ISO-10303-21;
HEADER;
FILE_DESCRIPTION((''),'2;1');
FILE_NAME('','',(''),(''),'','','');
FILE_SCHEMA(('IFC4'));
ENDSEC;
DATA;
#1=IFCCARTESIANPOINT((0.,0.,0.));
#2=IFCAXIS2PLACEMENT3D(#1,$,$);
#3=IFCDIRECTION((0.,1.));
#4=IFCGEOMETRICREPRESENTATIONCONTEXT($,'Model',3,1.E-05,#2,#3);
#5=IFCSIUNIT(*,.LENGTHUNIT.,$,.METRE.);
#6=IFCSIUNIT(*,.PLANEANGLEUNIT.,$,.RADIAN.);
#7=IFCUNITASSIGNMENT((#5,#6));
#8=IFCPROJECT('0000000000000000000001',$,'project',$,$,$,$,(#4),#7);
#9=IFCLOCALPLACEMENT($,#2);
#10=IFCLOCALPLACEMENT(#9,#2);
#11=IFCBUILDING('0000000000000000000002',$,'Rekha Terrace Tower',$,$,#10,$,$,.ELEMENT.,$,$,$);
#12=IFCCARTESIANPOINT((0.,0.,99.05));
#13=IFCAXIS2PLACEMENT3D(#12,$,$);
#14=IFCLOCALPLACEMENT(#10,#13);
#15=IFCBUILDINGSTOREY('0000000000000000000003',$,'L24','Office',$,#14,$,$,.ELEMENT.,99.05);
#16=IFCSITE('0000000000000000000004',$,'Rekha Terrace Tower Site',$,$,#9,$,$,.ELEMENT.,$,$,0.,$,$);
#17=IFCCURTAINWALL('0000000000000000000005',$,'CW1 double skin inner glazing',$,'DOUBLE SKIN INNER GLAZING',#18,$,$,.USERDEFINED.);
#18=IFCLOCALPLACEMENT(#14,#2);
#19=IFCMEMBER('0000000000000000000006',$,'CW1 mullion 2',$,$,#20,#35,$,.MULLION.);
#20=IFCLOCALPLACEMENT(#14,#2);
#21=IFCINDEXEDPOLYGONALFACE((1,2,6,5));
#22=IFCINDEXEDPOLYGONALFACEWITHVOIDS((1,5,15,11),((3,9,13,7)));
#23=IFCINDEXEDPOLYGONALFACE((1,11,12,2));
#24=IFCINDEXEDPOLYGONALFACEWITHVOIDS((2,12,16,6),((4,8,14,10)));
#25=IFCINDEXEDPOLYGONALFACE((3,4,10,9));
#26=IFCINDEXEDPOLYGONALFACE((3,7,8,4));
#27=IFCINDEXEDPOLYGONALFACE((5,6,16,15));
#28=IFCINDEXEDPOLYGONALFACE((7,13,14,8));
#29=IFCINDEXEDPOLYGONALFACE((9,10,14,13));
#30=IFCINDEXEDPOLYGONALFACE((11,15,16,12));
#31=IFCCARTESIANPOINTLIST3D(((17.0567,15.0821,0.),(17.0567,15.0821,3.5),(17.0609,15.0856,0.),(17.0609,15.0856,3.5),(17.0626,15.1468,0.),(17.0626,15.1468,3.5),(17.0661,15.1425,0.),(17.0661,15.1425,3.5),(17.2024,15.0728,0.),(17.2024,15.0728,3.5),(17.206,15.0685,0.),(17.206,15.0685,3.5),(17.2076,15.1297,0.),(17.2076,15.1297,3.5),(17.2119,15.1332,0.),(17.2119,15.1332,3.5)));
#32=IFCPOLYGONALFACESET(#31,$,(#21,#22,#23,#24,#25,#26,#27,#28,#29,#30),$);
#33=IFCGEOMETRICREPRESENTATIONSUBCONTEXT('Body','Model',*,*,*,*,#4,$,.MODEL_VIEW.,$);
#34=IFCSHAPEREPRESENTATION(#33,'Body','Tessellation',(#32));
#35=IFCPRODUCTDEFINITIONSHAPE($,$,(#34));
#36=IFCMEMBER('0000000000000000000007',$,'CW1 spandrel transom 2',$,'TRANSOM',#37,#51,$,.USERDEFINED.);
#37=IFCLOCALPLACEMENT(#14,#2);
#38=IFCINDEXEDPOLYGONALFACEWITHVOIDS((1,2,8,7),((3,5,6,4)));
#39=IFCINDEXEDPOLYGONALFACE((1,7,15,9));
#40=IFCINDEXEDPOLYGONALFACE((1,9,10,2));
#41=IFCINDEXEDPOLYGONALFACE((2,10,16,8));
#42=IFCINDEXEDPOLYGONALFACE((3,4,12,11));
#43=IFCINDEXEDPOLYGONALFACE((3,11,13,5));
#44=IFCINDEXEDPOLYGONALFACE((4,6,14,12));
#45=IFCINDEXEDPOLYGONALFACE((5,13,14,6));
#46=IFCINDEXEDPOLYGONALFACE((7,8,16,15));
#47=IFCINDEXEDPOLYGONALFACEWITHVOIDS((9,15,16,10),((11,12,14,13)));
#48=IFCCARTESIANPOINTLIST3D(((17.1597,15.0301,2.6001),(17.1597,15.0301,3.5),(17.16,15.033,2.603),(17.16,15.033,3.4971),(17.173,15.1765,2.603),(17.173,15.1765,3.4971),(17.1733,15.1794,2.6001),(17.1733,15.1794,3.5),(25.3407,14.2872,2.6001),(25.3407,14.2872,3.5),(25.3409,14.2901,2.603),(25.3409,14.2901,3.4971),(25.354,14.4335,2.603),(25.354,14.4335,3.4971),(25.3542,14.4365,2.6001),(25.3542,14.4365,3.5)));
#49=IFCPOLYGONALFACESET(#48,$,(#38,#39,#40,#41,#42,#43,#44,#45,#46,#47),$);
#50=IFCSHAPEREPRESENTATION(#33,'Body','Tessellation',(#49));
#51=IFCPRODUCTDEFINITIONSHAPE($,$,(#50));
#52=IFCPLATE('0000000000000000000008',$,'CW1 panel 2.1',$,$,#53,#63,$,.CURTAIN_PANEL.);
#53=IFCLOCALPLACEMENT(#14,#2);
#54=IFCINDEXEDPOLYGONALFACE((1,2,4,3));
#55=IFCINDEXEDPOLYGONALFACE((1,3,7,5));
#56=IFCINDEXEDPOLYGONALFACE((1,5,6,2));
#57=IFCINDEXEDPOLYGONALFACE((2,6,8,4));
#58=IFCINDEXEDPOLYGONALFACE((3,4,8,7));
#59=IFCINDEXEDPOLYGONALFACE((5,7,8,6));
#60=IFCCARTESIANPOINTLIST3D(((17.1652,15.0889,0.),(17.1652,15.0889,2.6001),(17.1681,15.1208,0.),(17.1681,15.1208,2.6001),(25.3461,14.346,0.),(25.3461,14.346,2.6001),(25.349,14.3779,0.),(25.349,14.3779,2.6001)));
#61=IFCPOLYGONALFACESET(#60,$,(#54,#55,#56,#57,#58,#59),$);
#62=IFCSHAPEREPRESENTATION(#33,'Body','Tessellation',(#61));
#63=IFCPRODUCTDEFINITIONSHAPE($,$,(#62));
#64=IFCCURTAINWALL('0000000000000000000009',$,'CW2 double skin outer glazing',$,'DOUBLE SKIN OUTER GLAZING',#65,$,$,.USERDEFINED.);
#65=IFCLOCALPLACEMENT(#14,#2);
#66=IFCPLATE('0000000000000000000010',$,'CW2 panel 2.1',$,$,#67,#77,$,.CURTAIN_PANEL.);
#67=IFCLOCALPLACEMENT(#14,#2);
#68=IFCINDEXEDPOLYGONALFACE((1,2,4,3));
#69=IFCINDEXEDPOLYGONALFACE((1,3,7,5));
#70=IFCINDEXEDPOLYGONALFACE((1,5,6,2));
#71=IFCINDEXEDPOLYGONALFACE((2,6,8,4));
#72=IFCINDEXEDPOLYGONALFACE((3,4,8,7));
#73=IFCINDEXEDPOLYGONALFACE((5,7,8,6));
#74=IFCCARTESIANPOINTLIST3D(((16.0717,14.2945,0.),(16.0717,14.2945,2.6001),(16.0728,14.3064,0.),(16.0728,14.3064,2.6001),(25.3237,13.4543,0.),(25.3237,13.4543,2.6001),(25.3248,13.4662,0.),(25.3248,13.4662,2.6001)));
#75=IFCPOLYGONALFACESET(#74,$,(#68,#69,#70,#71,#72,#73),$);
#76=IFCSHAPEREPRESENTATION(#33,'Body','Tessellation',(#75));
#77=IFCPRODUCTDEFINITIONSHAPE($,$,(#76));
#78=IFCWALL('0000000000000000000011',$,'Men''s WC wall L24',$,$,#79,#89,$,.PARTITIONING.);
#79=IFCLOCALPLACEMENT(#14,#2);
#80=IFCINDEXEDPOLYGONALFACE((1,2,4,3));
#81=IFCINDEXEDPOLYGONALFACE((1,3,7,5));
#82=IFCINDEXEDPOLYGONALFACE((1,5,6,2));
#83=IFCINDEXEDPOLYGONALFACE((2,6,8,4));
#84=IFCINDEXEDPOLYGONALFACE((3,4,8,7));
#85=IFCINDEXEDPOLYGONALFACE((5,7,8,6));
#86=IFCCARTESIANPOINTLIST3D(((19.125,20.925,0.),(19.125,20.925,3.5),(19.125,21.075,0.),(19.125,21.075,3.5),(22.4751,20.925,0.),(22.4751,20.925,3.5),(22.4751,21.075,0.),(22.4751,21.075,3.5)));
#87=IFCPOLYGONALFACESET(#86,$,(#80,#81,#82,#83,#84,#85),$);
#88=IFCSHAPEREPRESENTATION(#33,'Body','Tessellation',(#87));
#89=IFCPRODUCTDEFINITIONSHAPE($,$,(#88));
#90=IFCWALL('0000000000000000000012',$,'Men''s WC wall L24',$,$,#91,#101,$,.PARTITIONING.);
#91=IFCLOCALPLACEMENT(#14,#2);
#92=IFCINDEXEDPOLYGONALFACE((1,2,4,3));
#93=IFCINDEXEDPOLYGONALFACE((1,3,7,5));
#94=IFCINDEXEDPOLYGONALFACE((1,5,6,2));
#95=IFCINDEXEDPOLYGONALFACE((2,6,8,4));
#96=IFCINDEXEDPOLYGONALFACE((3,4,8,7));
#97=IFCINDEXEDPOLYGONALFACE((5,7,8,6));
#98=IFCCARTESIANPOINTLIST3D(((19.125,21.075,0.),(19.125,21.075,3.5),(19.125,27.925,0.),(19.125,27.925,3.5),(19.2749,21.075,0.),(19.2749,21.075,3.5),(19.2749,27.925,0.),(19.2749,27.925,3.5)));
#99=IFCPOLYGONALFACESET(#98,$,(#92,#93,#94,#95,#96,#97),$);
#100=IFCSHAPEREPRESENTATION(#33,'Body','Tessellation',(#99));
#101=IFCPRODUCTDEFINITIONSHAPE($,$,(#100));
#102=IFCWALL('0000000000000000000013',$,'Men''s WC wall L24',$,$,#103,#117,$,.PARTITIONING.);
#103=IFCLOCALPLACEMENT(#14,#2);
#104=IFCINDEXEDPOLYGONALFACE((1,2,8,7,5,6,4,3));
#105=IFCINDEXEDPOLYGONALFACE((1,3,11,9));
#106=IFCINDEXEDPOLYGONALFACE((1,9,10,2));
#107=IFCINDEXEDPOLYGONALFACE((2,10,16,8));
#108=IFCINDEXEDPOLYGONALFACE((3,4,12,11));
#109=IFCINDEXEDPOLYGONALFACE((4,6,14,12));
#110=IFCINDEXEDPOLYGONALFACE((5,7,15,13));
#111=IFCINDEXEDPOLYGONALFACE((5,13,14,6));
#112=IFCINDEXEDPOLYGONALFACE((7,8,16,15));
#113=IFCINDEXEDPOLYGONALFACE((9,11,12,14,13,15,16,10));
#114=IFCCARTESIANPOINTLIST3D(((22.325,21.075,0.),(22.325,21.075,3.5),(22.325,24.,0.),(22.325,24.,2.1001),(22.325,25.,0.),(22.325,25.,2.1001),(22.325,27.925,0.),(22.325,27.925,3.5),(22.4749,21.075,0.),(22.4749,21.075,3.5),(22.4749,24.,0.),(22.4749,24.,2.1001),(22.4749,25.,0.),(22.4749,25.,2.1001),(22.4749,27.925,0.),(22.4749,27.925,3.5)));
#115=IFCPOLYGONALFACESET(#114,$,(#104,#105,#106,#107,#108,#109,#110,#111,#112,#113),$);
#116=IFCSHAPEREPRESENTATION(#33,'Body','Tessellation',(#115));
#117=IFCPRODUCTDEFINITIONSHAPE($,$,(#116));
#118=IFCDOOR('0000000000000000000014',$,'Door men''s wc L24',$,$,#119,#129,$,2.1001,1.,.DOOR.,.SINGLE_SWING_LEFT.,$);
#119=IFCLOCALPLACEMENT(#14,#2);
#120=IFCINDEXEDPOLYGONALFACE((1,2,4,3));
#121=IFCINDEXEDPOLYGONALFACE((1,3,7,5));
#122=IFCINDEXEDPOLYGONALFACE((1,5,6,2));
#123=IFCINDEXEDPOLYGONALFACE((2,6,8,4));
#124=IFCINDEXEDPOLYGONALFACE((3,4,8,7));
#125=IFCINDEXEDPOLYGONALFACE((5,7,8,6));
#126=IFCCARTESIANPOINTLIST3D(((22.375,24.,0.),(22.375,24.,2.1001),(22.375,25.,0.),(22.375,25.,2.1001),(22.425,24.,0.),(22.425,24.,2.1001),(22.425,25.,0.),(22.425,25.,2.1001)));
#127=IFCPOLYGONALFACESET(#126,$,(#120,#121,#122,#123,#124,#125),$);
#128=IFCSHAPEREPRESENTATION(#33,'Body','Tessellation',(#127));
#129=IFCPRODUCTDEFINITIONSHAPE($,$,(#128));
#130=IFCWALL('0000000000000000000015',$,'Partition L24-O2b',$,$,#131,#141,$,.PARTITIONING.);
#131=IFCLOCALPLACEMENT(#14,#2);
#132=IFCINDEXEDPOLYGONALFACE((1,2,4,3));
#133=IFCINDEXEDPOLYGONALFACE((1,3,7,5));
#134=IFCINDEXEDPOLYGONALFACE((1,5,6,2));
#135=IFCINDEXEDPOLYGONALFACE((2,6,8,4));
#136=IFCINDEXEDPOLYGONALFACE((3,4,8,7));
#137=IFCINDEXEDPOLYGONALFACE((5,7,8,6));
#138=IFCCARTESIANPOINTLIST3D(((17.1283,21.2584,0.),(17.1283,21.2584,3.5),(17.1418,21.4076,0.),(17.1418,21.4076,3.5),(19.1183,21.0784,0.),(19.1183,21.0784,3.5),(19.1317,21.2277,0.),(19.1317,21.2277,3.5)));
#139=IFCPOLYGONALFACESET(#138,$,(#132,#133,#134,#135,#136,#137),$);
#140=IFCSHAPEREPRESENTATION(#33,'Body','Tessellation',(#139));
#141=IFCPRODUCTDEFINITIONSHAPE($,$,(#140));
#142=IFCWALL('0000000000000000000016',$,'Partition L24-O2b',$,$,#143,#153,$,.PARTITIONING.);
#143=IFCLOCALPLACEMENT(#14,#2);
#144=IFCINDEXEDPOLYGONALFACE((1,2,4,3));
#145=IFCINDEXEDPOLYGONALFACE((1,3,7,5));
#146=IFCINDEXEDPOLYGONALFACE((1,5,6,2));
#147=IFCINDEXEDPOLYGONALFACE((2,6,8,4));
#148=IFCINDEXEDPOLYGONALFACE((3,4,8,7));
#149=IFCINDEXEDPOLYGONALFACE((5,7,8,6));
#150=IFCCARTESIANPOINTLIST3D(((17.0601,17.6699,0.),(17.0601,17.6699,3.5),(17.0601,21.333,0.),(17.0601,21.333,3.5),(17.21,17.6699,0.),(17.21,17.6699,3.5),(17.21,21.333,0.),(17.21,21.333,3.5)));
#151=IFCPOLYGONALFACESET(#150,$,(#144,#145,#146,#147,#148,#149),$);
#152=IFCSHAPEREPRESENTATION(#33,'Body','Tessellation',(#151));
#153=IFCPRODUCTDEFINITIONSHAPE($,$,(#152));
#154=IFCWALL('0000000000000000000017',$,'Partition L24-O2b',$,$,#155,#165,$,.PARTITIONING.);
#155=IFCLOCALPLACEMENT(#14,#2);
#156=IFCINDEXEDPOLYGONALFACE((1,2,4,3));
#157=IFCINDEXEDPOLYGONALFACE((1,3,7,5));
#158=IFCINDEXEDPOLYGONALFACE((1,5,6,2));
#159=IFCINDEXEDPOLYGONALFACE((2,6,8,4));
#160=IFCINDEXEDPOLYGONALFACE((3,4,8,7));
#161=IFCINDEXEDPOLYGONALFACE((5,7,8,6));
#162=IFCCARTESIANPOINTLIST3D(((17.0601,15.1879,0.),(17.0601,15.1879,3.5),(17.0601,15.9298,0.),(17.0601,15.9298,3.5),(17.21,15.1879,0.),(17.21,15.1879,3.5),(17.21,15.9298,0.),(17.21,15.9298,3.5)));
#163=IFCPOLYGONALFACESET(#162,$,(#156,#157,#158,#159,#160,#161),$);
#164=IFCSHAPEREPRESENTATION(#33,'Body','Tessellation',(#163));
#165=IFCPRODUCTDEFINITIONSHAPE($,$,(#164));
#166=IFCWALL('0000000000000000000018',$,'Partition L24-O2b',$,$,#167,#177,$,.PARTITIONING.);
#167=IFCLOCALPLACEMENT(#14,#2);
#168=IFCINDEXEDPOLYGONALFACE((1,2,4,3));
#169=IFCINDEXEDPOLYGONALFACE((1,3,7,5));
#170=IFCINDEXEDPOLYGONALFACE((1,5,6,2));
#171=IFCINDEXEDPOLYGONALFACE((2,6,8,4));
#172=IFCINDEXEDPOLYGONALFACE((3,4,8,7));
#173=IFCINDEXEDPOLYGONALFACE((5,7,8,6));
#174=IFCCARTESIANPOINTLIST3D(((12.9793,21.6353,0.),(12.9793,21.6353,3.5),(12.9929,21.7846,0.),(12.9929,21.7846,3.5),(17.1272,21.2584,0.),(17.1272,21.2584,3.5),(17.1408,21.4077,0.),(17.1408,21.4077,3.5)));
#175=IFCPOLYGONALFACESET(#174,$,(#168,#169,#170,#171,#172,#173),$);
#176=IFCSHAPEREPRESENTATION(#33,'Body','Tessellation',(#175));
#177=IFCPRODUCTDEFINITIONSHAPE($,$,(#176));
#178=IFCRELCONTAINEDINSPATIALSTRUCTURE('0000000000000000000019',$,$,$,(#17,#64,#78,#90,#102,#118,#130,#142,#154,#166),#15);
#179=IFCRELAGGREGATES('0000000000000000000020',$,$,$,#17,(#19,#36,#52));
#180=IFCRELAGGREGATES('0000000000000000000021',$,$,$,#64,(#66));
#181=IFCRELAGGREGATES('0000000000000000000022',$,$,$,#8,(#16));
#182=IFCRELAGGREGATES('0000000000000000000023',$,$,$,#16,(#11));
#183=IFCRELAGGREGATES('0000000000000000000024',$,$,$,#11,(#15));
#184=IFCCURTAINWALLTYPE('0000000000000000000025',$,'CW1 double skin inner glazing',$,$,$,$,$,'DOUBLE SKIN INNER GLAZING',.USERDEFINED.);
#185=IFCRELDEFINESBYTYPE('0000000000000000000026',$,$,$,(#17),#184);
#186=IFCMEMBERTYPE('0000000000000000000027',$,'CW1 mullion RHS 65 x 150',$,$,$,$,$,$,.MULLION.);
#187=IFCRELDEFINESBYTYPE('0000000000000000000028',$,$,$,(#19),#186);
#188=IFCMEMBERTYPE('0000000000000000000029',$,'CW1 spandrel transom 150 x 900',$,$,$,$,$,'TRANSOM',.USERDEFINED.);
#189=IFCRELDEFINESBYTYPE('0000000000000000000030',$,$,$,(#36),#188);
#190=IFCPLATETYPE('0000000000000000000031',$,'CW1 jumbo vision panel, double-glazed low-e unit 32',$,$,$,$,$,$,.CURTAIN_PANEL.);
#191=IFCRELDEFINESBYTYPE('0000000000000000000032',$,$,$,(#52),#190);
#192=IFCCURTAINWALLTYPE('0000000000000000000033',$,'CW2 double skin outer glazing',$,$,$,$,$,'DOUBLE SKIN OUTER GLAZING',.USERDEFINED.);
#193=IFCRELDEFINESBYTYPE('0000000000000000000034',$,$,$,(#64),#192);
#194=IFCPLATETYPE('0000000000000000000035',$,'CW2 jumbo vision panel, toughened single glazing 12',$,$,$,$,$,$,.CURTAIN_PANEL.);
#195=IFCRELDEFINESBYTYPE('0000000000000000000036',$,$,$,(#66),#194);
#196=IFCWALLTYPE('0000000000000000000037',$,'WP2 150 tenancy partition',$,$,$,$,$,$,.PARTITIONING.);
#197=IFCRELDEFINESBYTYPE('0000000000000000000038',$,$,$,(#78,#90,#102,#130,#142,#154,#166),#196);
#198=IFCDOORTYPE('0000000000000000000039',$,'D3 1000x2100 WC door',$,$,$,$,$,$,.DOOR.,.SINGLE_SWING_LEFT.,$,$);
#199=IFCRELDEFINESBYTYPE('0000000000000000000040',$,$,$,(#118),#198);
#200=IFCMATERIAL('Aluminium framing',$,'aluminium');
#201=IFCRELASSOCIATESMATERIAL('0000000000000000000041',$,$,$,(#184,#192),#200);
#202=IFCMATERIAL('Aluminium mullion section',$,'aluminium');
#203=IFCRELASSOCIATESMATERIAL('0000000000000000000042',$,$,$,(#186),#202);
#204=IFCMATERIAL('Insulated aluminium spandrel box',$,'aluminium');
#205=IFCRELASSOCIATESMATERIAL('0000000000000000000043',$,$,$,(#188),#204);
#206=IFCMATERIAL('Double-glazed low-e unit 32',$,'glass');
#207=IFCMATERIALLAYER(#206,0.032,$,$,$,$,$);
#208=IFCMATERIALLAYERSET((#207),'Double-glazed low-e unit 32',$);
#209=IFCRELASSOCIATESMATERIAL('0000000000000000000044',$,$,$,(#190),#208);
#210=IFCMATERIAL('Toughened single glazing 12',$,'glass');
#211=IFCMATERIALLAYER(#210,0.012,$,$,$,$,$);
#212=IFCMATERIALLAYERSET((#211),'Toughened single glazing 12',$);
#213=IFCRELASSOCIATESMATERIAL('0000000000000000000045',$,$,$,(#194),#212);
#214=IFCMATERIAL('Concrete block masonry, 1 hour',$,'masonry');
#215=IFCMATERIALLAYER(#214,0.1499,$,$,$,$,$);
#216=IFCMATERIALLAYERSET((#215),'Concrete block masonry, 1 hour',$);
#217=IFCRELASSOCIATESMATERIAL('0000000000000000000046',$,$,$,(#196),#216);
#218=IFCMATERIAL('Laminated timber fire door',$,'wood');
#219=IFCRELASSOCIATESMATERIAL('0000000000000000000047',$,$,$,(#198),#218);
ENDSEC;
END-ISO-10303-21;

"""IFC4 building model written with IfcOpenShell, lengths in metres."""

from ifc_helpers import new_model, si_unit, direction, frame, frame_2d, origin, origin_2d, place, context, subcontext, project, spatial, rectangle, hollow_rectangle, extrude, material, layer, layer_set, material_profile, profile_set, type_object, element, fill, aggregate, save


model = new_model("IFC4")

# Units and contexts
model_context = context("Model", 3, precision=1e-05, world=origin(), true_north=direction((0.0, 1.0)))
body_context = subcontext(model_context, "Body", "Model", "MODEL_VIEW")
ifc_project = project(units=[si_unit("LENGTHUNIT", "METRE"), si_unit("PLANEANGLEUNIT", "RADIAN")], contexts=[model_context])

# Site, building, storey
site_placement = place(None, origin())
site = spatial("IfcSite", under=ifc_project, at=site_placement, Name="Rekha Terrace Tower Site", CompositionType="ELEMENT", RefElevation=0.0)
building_placement = place(site_placement, origin())
building = spatial("IfcBuilding", under=site, at=building_placement, Name="Rekha Terrace Tower", CompositionType="ELEMENT")
storey_placement = place(building_placement, frame((0.0, 0.0, 99.05)))
storey = spatial("IfcBuildingStorey", under=building, at=storey_placement, Name="L24", Description="Office", CompositionType="ELEMENT", Elevation=99.05)

# Curtain wall, members, plate
ifc_material_1 = material(Name="Aluminium framing", Category="aluminium")
curtain_wall_type_1 = type_object("IfcCurtainWallType", Name="CW1 double skin inner glazing", ElementType="DOUBLE SKIN INNER GLAZING", PredefinedType="USERDEFINED", material=ifc_material_1)
curtain_wall_1_placement = place(storey_placement, origin())
curtain_wall_1 = element("IfcCurtainWall", 1, at=curtain_wall_1_placement, inside=storey, type_object=curtain_wall_type_1, Name="CW1 double skin inner glazing", ObjectType="DOUBLE SKIN INNER GLAZING", PredefinedType="USERDEFINED")
ifc_material_2 = material(Name="Aluminium mullion section", Category="aluminium")
ifc_material_profile_1 = material_profile(ifc_material_2, hollow_rectangle(XDim=0.0649, YDim=0.1499, WallThickness=0.0039, at=origin_2d()), Name="AL RHS 65x150")
ifc_profile_set_1 = profile_set([ifc_material_profile_1], Name="Aluminium mullion section")
member_type_1 = type_object("IfcMemberType", Name="CW1 mullion RHS 65 x 150", PredefinedType="MULLION", material=ifc_profile_set_1)
member_1_placement = place(storey_placement, frame((17.1343, 15.1077, 0.0), z_axis=(0.0, 0.0, 1.0), x_axis=(0.09044, 0.995902, 0.0)))
member_1 = element("IfcMember", 2, at=member_1_placement, type_object=member_type_1, Name="CW1 mullion 2", PredefinedType="MULLION", context=body_context, shape_type="SweptSolid", body=[
    extrude(hollow_rectangle(XDim=0.0649, YDim=0.1499, WallThickness=0.0039, at=origin_2d()), origin(), (0.0, 0.0, 1.0), 3.5),
])
ifc_material_3 = material(Name="Insulated aluminium spandrel box", Category="aluminium")
ifc_material_profile_2 = material_profile(ifc_material_3, hollow_rectangle(XDim=0.1499, YDim=0.8999, WallThickness=0.0029, at=origin_2d()), Name="AL SPANDREL BOX 150x900")
ifc_profile_set_2 = profile_set([ifc_material_profile_2], Name="Insulated aluminium spandrel box")
member_type_2 = type_object("IfcMemberType", Name="CW1 spandrel transom 150 x 900", ElementType="TRANSOM", PredefinedType="USERDEFINED", material=ifc_profile_set_2)
member_2_placement = place(storey_placement, frame((17.1665, 15.1047, 3.05), z_axis=(0.995902, -0.090439, 0.0), x_axis=(0.090439, 0.995902, 0.0)))
member_2 = element("IfcMember", 3, at=member_2_placement, type_object=member_type_2, Name="CW1 spandrel transom 2", ObjectType="TRANSOM", PredefinedType="USERDEFINED", context=body_context, shape_type="SweptSolid", body=[
    extrude(hollow_rectangle(XDim=0.1499, YDim=0.8999, WallThickness=0.0029, at=origin_2d()), origin(), (0.0, 0.0, 1.0), 8.2146),
])
ifc_material_4 = material(Name="Double-glazed low-e unit 32", Category="glass")
ifc_layer_1 = layer(ifc_material_4, 0.032)
ifc_layer_set_1 = layer_set([ifc_layer_1], Name="Double-glazed low-e unit 32")
plate_type_1 = type_object("IfcPlateType", Name="CW1 jumbo vision panel, double-glazed low-e unit 32", PredefinedType="CURTAIN_PANEL", material=ifc_layer_set_1)
plate_1_placement = place(storey_placement, frame((21.2571, 14.7334, 0.0), z_axis=(0.0, 0.0, 1.0), x_axis=(0.995902, -0.09044, 0.0)))
plate_1 = element("IfcPlate", 4, at=plate_1_placement, type_object=plate_type_1, Name="CW1 panel 2.1", PredefinedType="CURTAIN_PANEL", context=body_context, shape_type="SweptSolid", body=[
    extrude(rectangle(XDim=8.2146, YDim=0.032, at=origin_2d()), origin(), (0.0, 0.0, 1.0), 2.6001),
])
aggregate(curtain_wall_1, [member_1, member_2, plate_1])

# Curtain wall, plate
curtain_wall_type_2 = type_object("IfcCurtainWallType", Name="CW2 double skin outer glazing", ElementType="DOUBLE SKIN OUTER GLAZING", PredefinedType="USERDEFINED", material=ifc_material_1)
curtain_wall_2_placement = place(storey_placement, origin())
curtain_wall_2 = element("IfcCurtainWall", 5, at=curtain_wall_2_placement, inside=storey, type_object=curtain_wall_type_2, Name="CW2 double skin outer glazing", ObjectType="DOUBLE SKIN OUTER GLAZING", PredefinedType="USERDEFINED")
ifc_material_5 = material(Name="Toughened single glazing 12", Category="glass")
ifc_layer_2 = layer(ifc_material_5, 0.012)
ifc_layer_set_2 = layer_set([ifc_layer_2], Name="Toughened single glazing 12")
plate_type_2 = type_object("IfcPlateType", Name="CW2 jumbo vision panel, toughened single glazing 12", PredefinedType="CURTAIN_PANEL", material=ifc_layer_set_2)
plate_2_placement = place(storey_placement, frame((20.6982, 13.8804, 0.0), z_axis=(0.0, 0.0, 1.0), x_axis=(0.995902, -0.09044, 0.0)))
plate_2 = element("IfcPlate", 6, at=plate_2_placement, type_object=plate_type_2, Name="CW2 panel 2.1", PredefinedType="CURTAIN_PANEL", context=body_context, shape_type="SweptSolid", body=[
    extrude(rectangle(XDim=9.29, YDim=0.012, at=origin_2d()), origin(), (0.0, 0.0, 1.0), 2.6001),
])
aggregate(curtain_wall_2, [plate_2])

# Walls
ifc_material_6 = material(Name="Concrete block masonry, 1 hour", Category="masonry")
ifc_layer_3 = layer(ifc_material_6, 0.1499)
ifc_layer_set_3 = layer_set([ifc_layer_3], Name="Concrete block masonry, 1 hour")
wall_type_1 = type_object("IfcWallType", Name="WP2 150 tenancy partition", PredefinedType="PARTITIONING", material=ifc_layer_set_3)
wall_1_placement = place(storey_placement, frame((19.125, 21.0, 0.0), z_axis=(0.0, 0.0, 1.0), x_axis=(1.0, 0.0, 0.0)))
element("IfcWall", 7, at=wall_1_placement, inside=storey, type_object=wall_type_1, Name="Men's WC wall L24", PredefinedType="PARTITIONING", context=body_context, shape_type="SweptSolid", body=[
    extrude(rectangle(XDim=3.3501, YDim=0.1499, at=frame_2d((1.675, 0.0))), origin(), (0.0, 0.0, 1.0), 3.5),
])
wall_2_placement = place(storey_placement, frame((19.2, 21.075, 0.0), z_axis=(0.0, 0.0, 1.0), x_axis=(0.0, 1.0, 0.0)))
element("IfcWall", 8, at=wall_2_placement, inside=storey, type_object=wall_type_1, Name="Men's WC wall L24", PredefinedType="PARTITIONING", context=body_context, shape_type="SweptSolid", body=[
    extrude(rectangle(XDim=6.8501, YDim=0.1499, at=frame_2d((3.425, 0.0))), origin(), (0.0, 0.0, 1.0), 3.5),
])

# Wall, opening, door
wall_3_placement = place(storey_placement, frame((22.3999, 21.075, 0.0), z_axis=(0.0, 0.0, 1.0), x_axis=(0.0, 1.0, 0.0)))
wall_3 = element("IfcWall", 9, at=wall_3_placement, inside=storey, type_object=wall_type_1, Name="Men's WC wall L24", PredefinedType="PARTITIONING", context=body_context, shape_type="SweptSolid", body=[
    extrude(rectangle(XDim=6.8501, YDim=0.1499, at=frame_2d((3.425, 0.0))), origin(), (0.0, 0.0, 1.0), 3.5),
])
opening_1_placement = place(wall_3_placement, frame((2.925, 0.0, 0.0)))
opening_1 = element("IfcOpeningElement", 10, at=opening_1_placement, cuts=wall_3, PredefinedType="OPENING", context=body_context, shape_type="SweptSolid", body=[
    extrude(rectangle(XDim=1.0, YDim=2.1001, at=frame_2d((0.5, 1.05))), frame((0.0, 0.085, 0.0), z_axis=(0.0, -1.0, 0.0), x_axis=(1.0, 0.0, 0.0)), (0.0, 0.0, 1.0), 0.1699),
])
ifc_material_7 = material(Name="Laminated timber fire door", Category="wood")
door_type_1 = type_object("IfcDoorType", Name="D3 1000x2100 WC door", OperationType="SINGLE_SWING_LEFT", PredefinedType="DOOR", material=ifc_material_7)
door_1_placement = place(opening_1_placement, origin())
door_1 = element("IfcDoor", 11, at=door_1_placement, inside=storey, type_object=door_type_1, Name="Door men's wc L24", OperationType="SINGLE_SWING_LEFT", OverallHeight=2.1001, OverallWidth=1.0, PredefinedType="DOOR", context=body_context, shape_type="SweptSolid", body=[
    extrude(rectangle(XDim=1.0, YDim=2.1001, at=frame_2d((0.5, 1.05))), frame((0.0, 0.0249, 0.0), z_axis=(0.0, -1.0, 0.0), x_axis=(1.0, 0.0, 0.0)), (0.0, 0.0, 1.0), 0.05),
])
fill(opening_1, door_1)

# Walls
wall_4_placement = place(storey_placement, frame((19.125, 21.1531, 0.0), z_axis=(0.0, 0.0, 1.0), x_axis=(-0.995937, 0.090051, 0.0)))
element("IfcWall", 12, at=wall_4_placement, inside=storey, type_object=wall_type_1, Name="Partition L24-O2b", PredefinedType="PARTITIONING", context=body_context, shape_type="SweptSolid", body=[
    extrude(rectangle(XDim=1.998, YDim=0.1499, at=frame_2d((0.999, 0.0))), origin(), (0.0, 0.0, 1.0), 3.5),
])
wall_5_placement = place(storey_placement, frame((17.135, 21.333, 0.0), z_axis=(0.0, 0.0, 1.0), x_axis=(0.0, -1.0, 0.0)))
element("IfcWall", 13, at=wall_5_placement, inside=storey, type_object=wall_type_1, Name="Partition L24-O2b", PredefinedType="PARTITIONING", context=body_context, shape_type="SweptSolid", body=[
    extrude(rectangle(XDim=3.6631, YDim=0.1499, at=frame_2d((1.8315, 0.0))), origin(), (0.0, 0.0, 1.0), 3.5),
])
wall_6_placement = place(storey_placement, frame((17.135, 15.9299, 0.0), z_axis=(0.0, 0.0, 1.0), x_axis=(0.0, -1.0, 0.0)))
element("IfcWall", 14, at=wall_6_placement, inside=storey, type_object=wall_type_1, Name="Partition L24-O2b", PredefinedType="PARTITIONING", context=body_context, shape_type="SweptSolid", body=[
    extrude(rectangle(XDim=0.7419, YDim=0.1499, at=frame_2d((0.3711, 0.0))), origin(), (0.0, 0.0, 1.0), 3.5),
])
wall_7_placement = place(storey_placement, frame((17.134, 21.333, 0.0), z_axis=(0.0, 0.0, 1.0), x_axis=(-0.995896, 0.090504, 0.0)))
element("IfcWall", 15, at=wall_7_placement, inside=storey, type_object=wall_type_1, Name="Partition L24-O2b", PredefinedType="PARTITIONING", context=body_context, shape_type="SweptSolid", body=[
    extrude(rectangle(XDim=4.165, YDim=0.1499, at=frame_2d((2.0825, 0.0))), origin(), (0.0, 0.0, 1.0), 3.5),
])

save(model, "model.ifc")
